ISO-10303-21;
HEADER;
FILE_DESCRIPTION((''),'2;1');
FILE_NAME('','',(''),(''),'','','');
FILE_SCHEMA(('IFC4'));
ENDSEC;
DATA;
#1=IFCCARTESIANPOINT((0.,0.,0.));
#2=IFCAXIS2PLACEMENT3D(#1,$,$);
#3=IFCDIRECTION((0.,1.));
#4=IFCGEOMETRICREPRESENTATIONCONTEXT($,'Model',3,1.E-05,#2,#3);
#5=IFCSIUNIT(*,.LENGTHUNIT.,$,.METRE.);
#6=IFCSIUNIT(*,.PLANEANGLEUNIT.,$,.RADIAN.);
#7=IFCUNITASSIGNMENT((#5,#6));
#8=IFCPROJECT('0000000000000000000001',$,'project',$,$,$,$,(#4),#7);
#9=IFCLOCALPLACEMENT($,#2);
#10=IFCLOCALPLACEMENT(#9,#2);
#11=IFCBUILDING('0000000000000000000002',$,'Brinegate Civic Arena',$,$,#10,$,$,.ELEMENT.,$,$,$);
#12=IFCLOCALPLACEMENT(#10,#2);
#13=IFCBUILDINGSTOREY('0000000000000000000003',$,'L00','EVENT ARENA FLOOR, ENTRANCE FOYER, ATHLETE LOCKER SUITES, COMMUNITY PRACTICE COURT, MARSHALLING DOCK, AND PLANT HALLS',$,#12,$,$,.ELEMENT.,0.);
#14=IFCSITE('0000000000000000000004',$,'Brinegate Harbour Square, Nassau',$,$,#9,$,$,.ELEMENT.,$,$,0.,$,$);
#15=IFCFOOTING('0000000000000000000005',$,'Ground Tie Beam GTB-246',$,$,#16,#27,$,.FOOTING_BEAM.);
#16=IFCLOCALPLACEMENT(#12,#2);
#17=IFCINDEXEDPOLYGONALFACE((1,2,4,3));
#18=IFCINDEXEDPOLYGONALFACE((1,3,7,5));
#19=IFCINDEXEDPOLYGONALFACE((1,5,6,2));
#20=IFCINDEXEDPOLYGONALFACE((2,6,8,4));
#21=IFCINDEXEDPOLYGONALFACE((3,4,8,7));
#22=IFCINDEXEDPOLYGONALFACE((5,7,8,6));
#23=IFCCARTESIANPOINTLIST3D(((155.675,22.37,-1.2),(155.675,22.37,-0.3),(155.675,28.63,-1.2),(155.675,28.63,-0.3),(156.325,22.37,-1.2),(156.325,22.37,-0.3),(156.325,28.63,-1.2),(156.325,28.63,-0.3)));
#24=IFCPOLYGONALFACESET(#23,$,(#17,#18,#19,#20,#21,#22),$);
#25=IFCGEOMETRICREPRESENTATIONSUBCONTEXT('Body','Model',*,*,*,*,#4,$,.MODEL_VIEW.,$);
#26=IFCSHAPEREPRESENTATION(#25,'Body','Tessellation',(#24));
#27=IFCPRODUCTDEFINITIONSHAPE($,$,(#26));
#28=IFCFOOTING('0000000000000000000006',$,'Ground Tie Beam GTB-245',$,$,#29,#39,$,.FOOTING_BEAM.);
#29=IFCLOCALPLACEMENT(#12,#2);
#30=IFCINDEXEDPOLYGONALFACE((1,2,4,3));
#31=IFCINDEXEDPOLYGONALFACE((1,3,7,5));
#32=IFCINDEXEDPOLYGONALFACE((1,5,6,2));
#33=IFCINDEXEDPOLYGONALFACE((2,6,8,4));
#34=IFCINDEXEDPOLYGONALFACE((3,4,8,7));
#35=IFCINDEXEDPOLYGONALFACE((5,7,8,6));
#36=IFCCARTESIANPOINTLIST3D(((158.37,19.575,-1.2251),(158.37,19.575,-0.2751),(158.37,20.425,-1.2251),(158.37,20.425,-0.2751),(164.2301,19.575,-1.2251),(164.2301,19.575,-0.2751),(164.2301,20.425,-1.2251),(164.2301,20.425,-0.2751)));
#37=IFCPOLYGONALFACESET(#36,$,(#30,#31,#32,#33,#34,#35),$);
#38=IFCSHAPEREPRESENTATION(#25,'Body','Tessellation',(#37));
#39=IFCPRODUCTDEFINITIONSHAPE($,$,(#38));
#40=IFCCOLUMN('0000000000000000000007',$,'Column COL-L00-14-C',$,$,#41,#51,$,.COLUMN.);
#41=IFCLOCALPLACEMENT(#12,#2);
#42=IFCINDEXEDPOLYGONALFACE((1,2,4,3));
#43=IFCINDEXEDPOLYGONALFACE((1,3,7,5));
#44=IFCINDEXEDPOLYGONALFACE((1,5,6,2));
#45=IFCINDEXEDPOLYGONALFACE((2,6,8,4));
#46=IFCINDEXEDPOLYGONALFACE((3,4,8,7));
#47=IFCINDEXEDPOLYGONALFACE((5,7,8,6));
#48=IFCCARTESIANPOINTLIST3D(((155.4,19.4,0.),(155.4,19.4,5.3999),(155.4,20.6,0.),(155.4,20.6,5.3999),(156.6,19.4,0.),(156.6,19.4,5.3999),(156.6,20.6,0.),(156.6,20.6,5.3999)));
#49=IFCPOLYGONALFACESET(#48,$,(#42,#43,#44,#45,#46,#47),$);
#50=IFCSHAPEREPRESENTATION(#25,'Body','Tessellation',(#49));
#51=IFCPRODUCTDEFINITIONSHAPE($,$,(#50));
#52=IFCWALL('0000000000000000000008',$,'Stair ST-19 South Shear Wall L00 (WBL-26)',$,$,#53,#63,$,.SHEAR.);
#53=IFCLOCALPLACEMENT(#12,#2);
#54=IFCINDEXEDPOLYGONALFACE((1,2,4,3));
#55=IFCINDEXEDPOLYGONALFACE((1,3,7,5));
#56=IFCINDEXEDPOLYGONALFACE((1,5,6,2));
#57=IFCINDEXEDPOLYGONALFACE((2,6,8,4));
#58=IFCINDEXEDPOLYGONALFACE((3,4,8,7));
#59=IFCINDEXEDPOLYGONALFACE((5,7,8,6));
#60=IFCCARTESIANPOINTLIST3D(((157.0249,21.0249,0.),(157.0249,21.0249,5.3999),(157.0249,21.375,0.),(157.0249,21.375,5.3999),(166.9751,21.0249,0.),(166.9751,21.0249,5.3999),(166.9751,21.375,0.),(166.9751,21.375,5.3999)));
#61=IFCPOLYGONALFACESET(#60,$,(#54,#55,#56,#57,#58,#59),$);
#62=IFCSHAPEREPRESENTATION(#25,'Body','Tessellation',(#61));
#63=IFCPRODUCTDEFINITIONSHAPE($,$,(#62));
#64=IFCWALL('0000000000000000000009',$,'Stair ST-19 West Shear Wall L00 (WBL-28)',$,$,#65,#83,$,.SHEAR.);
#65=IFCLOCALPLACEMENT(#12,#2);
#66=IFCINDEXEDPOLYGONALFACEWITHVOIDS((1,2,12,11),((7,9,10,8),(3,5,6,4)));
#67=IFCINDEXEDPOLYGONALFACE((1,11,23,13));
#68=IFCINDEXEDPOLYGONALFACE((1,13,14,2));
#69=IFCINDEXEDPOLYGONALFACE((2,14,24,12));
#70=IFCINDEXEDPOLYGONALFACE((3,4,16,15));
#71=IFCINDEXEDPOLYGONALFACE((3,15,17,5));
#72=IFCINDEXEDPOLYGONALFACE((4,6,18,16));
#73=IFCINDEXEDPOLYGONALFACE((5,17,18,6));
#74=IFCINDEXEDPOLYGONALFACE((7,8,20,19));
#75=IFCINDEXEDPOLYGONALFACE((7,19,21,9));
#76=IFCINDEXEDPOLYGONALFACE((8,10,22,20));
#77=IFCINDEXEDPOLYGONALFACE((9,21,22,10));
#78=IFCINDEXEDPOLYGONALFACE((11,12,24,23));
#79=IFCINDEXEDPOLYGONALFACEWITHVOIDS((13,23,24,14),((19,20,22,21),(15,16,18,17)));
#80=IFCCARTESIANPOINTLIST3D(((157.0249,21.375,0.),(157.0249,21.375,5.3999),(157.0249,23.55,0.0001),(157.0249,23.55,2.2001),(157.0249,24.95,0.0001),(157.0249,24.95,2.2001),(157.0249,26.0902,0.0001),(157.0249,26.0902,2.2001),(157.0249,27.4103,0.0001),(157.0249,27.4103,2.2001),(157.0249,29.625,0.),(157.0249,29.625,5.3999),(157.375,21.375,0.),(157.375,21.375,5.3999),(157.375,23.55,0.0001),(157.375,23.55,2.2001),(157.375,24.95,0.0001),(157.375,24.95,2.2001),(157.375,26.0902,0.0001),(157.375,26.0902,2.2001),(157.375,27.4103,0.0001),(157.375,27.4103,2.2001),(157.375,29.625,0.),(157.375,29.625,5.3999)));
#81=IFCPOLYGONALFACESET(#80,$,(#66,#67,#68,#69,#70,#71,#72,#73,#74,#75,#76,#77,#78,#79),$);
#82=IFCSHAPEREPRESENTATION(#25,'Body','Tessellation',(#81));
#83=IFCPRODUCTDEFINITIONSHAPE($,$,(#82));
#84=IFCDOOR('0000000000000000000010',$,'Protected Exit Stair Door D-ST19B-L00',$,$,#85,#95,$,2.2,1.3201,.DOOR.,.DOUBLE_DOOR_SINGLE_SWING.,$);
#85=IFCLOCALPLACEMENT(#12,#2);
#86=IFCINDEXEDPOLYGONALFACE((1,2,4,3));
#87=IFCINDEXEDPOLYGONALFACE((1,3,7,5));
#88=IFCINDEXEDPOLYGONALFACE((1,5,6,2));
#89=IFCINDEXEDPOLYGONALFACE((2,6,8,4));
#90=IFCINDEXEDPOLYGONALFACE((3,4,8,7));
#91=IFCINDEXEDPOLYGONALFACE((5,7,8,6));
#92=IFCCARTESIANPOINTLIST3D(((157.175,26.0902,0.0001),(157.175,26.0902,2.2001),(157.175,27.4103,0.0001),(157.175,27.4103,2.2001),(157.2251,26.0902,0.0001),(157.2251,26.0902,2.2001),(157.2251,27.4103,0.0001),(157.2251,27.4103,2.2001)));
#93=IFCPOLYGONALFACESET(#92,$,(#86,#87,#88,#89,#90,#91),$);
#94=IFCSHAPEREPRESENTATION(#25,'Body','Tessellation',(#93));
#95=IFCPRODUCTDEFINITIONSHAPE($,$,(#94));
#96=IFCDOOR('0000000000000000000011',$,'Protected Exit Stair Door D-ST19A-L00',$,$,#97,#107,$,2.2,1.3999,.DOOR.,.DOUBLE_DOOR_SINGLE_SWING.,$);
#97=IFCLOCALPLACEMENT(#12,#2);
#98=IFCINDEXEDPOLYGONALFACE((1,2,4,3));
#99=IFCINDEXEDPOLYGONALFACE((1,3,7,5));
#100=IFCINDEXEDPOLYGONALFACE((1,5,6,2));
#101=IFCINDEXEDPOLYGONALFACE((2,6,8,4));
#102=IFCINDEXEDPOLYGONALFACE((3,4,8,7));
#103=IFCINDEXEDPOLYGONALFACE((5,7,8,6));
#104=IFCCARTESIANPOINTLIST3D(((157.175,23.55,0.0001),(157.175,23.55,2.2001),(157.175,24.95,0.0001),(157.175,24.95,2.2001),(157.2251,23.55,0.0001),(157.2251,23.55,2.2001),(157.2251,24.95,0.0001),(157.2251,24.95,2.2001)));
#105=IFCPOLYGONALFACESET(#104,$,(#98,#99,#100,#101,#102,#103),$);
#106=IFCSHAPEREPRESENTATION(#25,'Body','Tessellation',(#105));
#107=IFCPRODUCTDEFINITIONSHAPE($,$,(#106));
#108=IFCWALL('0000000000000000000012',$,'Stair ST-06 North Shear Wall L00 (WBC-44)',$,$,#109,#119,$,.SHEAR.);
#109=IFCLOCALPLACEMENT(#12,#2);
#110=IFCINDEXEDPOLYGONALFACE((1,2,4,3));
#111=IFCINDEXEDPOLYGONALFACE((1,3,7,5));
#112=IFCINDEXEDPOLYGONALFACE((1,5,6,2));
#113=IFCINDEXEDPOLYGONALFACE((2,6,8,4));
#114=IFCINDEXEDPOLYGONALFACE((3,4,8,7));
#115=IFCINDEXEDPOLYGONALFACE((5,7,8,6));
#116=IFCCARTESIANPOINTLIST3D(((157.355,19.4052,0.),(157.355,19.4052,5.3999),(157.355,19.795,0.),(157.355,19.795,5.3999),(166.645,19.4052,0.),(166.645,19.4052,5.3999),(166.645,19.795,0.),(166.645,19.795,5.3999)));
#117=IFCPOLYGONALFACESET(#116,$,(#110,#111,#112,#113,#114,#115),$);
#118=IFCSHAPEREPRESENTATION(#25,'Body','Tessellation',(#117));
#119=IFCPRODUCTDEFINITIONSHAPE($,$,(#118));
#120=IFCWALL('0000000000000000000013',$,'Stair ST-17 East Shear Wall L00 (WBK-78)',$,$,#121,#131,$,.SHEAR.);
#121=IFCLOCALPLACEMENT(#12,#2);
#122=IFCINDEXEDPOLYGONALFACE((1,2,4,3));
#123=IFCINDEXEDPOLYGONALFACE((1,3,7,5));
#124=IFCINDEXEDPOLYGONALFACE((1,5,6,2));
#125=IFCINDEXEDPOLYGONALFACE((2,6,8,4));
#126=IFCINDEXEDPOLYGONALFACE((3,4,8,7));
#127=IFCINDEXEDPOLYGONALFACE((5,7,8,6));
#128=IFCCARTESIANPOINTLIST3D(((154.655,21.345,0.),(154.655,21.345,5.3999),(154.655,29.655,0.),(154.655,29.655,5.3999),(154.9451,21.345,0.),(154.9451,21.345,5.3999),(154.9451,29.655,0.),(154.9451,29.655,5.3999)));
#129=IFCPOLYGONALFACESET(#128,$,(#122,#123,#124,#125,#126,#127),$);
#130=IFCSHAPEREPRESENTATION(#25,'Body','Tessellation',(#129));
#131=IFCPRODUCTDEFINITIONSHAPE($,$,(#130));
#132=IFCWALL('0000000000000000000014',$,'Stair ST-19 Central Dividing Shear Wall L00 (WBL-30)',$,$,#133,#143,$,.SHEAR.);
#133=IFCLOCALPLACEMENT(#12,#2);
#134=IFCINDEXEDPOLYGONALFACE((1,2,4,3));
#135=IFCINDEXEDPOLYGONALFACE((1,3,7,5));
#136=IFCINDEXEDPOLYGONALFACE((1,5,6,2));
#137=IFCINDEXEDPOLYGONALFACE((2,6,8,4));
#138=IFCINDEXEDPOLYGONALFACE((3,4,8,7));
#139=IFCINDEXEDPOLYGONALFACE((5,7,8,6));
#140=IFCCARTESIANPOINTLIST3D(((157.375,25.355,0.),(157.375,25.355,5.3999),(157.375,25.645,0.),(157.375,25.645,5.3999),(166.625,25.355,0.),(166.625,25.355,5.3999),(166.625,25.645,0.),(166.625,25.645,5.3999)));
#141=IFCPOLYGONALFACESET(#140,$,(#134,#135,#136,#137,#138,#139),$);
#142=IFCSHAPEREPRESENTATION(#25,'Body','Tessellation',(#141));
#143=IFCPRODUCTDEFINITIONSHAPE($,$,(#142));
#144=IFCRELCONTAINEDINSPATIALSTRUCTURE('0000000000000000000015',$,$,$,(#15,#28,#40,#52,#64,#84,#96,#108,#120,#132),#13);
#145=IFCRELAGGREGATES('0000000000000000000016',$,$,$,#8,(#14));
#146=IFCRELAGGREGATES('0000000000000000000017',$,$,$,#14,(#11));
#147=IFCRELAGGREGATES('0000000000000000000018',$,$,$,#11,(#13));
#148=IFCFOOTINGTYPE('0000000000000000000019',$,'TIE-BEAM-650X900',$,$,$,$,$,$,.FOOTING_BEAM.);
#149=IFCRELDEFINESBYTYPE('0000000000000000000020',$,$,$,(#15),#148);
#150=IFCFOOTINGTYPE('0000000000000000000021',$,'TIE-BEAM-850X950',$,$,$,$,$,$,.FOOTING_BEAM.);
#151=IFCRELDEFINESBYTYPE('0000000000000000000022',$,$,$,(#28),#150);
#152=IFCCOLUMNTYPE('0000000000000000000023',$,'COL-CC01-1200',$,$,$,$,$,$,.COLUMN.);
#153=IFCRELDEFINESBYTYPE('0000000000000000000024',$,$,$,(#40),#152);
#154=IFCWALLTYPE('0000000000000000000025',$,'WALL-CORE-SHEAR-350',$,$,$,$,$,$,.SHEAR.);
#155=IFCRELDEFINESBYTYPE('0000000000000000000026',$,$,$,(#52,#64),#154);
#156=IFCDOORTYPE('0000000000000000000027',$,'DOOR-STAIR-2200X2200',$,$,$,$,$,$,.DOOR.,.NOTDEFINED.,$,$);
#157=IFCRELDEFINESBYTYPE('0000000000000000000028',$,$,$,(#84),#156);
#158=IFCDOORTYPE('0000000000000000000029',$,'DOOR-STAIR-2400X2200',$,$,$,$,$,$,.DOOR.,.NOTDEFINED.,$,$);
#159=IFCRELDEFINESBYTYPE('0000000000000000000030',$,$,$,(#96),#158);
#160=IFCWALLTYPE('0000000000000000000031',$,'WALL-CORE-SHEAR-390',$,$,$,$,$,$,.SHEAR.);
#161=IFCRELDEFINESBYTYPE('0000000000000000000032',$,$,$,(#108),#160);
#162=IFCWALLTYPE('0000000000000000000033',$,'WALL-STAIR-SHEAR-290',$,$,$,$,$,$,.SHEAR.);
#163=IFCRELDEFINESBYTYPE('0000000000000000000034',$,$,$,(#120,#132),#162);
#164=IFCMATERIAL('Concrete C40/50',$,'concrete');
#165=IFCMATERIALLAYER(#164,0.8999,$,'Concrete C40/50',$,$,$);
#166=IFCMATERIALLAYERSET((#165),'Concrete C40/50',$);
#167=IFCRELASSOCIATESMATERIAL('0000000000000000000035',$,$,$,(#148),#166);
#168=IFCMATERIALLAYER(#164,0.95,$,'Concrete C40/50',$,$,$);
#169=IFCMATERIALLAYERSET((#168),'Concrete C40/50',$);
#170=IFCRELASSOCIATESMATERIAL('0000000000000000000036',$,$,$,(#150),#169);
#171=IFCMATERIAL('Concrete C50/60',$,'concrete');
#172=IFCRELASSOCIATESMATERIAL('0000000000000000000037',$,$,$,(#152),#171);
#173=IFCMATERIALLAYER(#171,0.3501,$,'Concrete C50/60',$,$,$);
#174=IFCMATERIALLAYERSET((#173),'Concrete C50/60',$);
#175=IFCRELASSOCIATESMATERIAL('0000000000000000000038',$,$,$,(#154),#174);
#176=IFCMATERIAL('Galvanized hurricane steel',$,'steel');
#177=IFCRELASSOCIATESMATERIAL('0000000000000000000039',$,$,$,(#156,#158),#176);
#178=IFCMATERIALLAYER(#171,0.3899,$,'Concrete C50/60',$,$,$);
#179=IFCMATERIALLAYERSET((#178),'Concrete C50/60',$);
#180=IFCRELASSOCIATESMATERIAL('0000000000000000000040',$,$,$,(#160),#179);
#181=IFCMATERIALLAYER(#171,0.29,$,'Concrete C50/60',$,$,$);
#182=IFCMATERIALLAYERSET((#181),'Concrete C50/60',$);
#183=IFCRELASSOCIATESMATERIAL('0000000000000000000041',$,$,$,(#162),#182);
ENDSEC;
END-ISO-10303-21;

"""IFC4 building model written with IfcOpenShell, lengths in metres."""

from ifc_helpers import new_model, si_unit, direction, frame, frame_2d, origin, origin_2d, place, context, subcontext, project, spatial, rectangle, extrude, material, layer, layer_set, material_profile, profile_set, type_object, element, fill, save


model = new_model("IFC4")

# Units and contexts
model_context = context("Model", 3, precision=1e-05, world=origin(), true_north=direction((0.0, 1.0)))
body_context = subcontext(model_context, "Body", "Model", "MODEL_VIEW")
ifc_project = project(units=[si_unit("LENGTHUNIT", "METRE"), si_unit("PLANEANGLEUNIT", "RADIAN")], contexts=[model_context])

# Site, building, storey
site_placement = place(None, origin())
site = spatial("IfcSite", under=ifc_project, at=site_placement, Name="Brinegate Harbour Square, Nassau", CompositionType="ELEMENT", RefElevation=0.0)
building_placement = place(site_placement, origin())
building = spatial("IfcBuilding", under=site, at=building_placement, Name="Brinegate Civic Arena", CompositionType="ELEMENT")
storey_placement = place(building_placement, origin())
storey = spatial("IfcBuildingStorey", under=building, at=storey_placement, Name="L00", Description="EVENT ARENA FLOOR, ENTRANCE FOYER, ATHLETE LOCKER SUITES, COMMUNITY PRACTICE COURT, MARSHALLING DOCK, AND PLANT HALLS", CompositionType="ELEMENT", Elevation=0.0)

# Shared definitions
ifc_material_1 = material(Name="Concrete C40/50", Category="concrete")

# Footings
ifc_layer_1 = layer(ifc_material_1, 0.8999, Name="Concrete C40/50")
ifc_layer_set_1 = layer_set([ifc_layer_1], Name="Concrete C40/50")
footing_type_1 = type_object("IfcFootingType", Name="TIE-BEAM-650X900", PredefinedType="FOOTING_BEAM", material=ifc_layer_set_1)
footing_1_placement = place(storey_placement, frame((156.0, 25.5, -1.2), z_axis=(0.0, 0.0, 1.0), x_axis=(0.0, 1.0, 0.0)))
element("IfcFooting", 1, at=footing_1_placement, inside=storey, type_object=footing_type_1, Name="Ground Tie Beam GTB-246", PredefinedType="FOOTING_BEAM", context=body_context, shape_type="SweptSolid", body=[
    extrude(rectangle(XDim=6.26, YDim=0.6499, at=origin_2d()), origin(), (0.0, 0.0, 1.0), 0.8999),
])
ifc_layer_2 = layer(ifc_material_1, 0.95, Name="Concrete C40/50")
ifc_layer_set_2 = layer_set([ifc_layer_2], Name="Concrete C40/50")
footing_type_2 = type_object("IfcFootingType", Name="TIE-BEAM-850X950", PredefinedType="FOOTING_BEAM", material=ifc_layer_set_2)
footing_2_placement = place(storey_placement, frame((161.3, 20.0, -1.2251), z_axis=(0.0, 0.0, 1.0), x_axis=(1.0, 0.0, 0.0)))
element("IfcFooting", 2, at=footing_2_placement, inside=storey, type_object=footing_type_2, Name="Ground Tie Beam GTB-245", PredefinedType="FOOTING_BEAM", context=body_context, shape_type="SweptSolid", body=[
    extrude(rectangle(XDim=5.8601, YDim=0.8501, at=origin_2d()), origin(), (0.0, 0.0, 1.0), 0.95),
])

# Column
ifc_material_2 = material(Name="Concrete C50/60", Category="concrete")
ifc_material_profile_1 = material_profile(ifc_material_2, rectangle(XDim=1.2, YDim=1.2, at=origin_2d()), Name="RC1200X1200")
ifc_profile_set_1 = profile_set([ifc_material_profile_1], Name="Concrete C50/60")
column_type = type_object("IfcColumnType", Name="COL-CC01-1200", PredefinedType="COLUMN", material=ifc_profile_set_1)
column_placement = place(storey_placement, frame((156.0, 20.0, 0.0), z_axis=(0.0, 0.0, 1.0), x_axis=(1.0, 0.0, 0.0)))
element("IfcColumn", 3, at=column_placement, inside=storey, type_object=column_type, Name="Column COL-L00-14-C", PredefinedType="COLUMN", context=body_context, shape_type="SweptSolid", body=[
    extrude(rectangle(XDim=1.2, YDim=1.2, at=origin_2d()), origin(), (0.0, 0.0, 1.0), 5.3999),
])

# Wall
ifc_layer_3 = layer(ifc_material_2, 0.3501, Name="Concrete C50/60")
ifc_layer_set_3 = layer_set([ifc_layer_3], Name="Concrete C50/60")
wall_type_1 = type_object("IfcWallType", Name="WALL-CORE-SHEAR-350", PredefinedType="SHEAR", material=ifc_layer_set_3)
wall_1_placement = place(storey_placement, frame((157.0249, 21.2, 0.0), z_axis=(0.0, 0.0, 1.0), x_axis=(1.0, 0.0, 0.0)))
element("IfcWall", 4, at=wall_1_placement, inside=storey, type_object=wall_type_1, Name="Stair ST-19 South Shear Wall L00 (WBL-26)", PredefinedType="SHEAR", context=body_context, shape_type="SweptSolid", body=[
    extrude(rectangle(XDim=9.9502, YDim=0.3501, at=frame_2d((4.9751, 0.0))), origin(), (0.0, 0.0, 1.0), 5.3999),
])

# Wall, openings, doors
wall_2_placement = place(storey_placement, frame((157.2, 21.375, 0.0), z_axis=(0.0, 0.0, 1.0), x_axis=(0.0, 1.0, 0.0)))
wall_2 = element("IfcWall", 5, at=wall_2_placement, inside=storey, type_object=wall_type_1, Name="Stair ST-19 West Shear Wall L00 (WBL-28)", PredefinedType="SHEAR", context=body_context, shape_type="SweptSolid", body=[
    extrude(rectangle(XDim=8.25, YDim=0.3501, at=frame_2d((4.125, 0.0))), origin(), (0.0, 0.0, 1.0), 5.3999),
])
opening_1_placement = place(wall_2_placement, frame((2.175, 0.0, 0.0)))
opening_1 = element("IfcOpeningElement", 6, at=opening_1_placement, cuts=wall_2, PredefinedType="OPENING", context=body_context, shape_type="SweptSolid", body=[
    extrude(rectangle(XDim=1.3999, YDim=2.2, at=frame_2d((0.7, 1.1001))), frame((0.0, 0.1851, 0.0), z_axis=(0.0, -1.0, 0.0), x_axis=(1.0, 0.0, 0.0)), (0.0, 0.0, 1.0), 0.3701),
])
opening_2_placement = place(wall_2_placement, frame((4.7151, 0.0, 0.0)))
opening_2 = element("IfcOpeningElement", 7, at=opening_2_placement, cuts=wall_2, PredefinedType="OPENING", context=body_context, shape_type="SweptSolid", body=[
    extrude(rectangle(XDim=1.3201, YDim=2.2, at=frame_2d((0.6602, 1.1001))), frame((0.0, 0.1851, 0.0), z_axis=(0.0, -1.0, 0.0), x_axis=(1.0, 0.0, 0.0)), (0.0, 0.0, 1.0), 0.3701),
])
ifc_material_3 = material(Name="Galvanized hurricane steel", Category="steel")
door_type_1 = type_object("IfcDoorType", Name="DOOR-STAIR-2200X2200", OperationType="NOTDEFINED", PredefinedType="DOOR", material=ifc_material_3)
door_1_placement = place(opening_2_placement, origin())
door_1 = element("IfcDoor", 8, at=door_1_placement, inside=storey, type_object=door_type_1, Name="Protected Exit Stair Door D-ST19B-L00", OperationType="DOUBLE_DOOR_SINGLE_SWING", OverallHeight=2.2, OverallWidth=1.3201, PredefinedType="DOOR", context=body_context, shape_type="SweptSolid", body=[
    extrude(rectangle(XDim=1.3201, YDim=2.2, at=frame_2d((0.6602, 1.1001))), frame((0.0, 0.0249, 0.0), z_axis=(0.0, -1.0, 0.0), x_axis=(1.0, 0.0, 0.0)), (0.0, 0.0, 1.0), 0.05),
])
fill(opening_2, door_1)
door_type_2 = type_object("IfcDoorType", Name="DOOR-STAIR-2400X2200", OperationType="NOTDEFINED", PredefinedType="DOOR", material=ifc_material_3)
door_2_placement = place(opening_1_placement, origin())
door_2 = element("IfcDoor", 9, at=door_2_placement, inside=storey, type_object=door_type_2, Name="Protected Exit Stair Door D-ST19A-L00", OperationType="DOUBLE_DOOR_SINGLE_SWING", OverallHeight=2.2, OverallWidth=1.3999, PredefinedType="DOOR", context=body_context, shape_type="SweptSolid", body=[
    extrude(rectangle(XDim=1.3999, YDim=2.2, at=frame_2d((0.7, 1.1001))), frame((0.0, 0.0249, 0.0), z_axis=(0.0, -1.0, 0.0), x_axis=(1.0, 0.0, 0.0)), (0.0, 0.0, 1.0), 0.05),
])
fill(opening_1, door_2)

# Walls
ifc_layer_4 = layer(ifc_material_2, 0.3899, Name="Concrete C50/60")
ifc_layer_set_4 = layer_set([ifc_layer_4], Name="Concrete C50/60")
wall_type_2 = type_object("IfcWallType", Name="WALL-CORE-SHEAR-390", PredefinedType="SHEAR", material=ifc_layer_set_4)
wall_3_placement = place(storey_placement, frame((157.355, 19.6001, 0.0), z_axis=(0.0, 0.0, 1.0), x_axis=(1.0, 0.0, 0.0)))
element("IfcWall", 10, at=wall_3_placement, inside=storey, type_object=wall_type_2, Name="Stair ST-06 North Shear Wall L00 (WBC-44)", PredefinedType="SHEAR", context=body_context, shape_type="SweptSolid", body=[
    extrude(rectangle(XDim=9.29, YDim=0.3899, at=frame_2d((4.645, 0.0))), origin(), (0.0, 0.0, 1.0), 5.3999),
])
ifc_layer_5 = layer(ifc_material_2, 0.29, Name="Concrete C50/60")
ifc_layer_set_5 = layer_set([ifc_layer_5], Name="Concrete C50/60")
wall_type_3 = type_object("IfcWallType", Name="WALL-STAIR-SHEAR-290", PredefinedType="SHEAR", material=ifc_layer_set_5)
wall_4_placement = place(storey_placement, frame((154.8, 21.345, 0.0), z_axis=(0.0, 0.0, 1.0), x_axis=(0.0, 1.0, 0.0)))
element("IfcWall", 11, at=wall_4_placement, inside=storey, type_object=wall_type_3, Name="Stair ST-17 East Shear Wall L00 (WBK-78)", PredefinedType="SHEAR", context=body_context, shape_type="SweptSolid", body=[
    extrude(rectangle(XDim=8.3101, YDim=0.29, at=frame_2d((4.155, 0.0))), origin(), (0.0, 0.0, 1.0), 5.3999),
])
wall_5_placement = place(storey_placement, frame((157.375, 25.5, 0.0), z_axis=(0.0, 0.0, 1.0), x_axis=(1.0, 0.0, 0.0)))
element("IfcWall", 12, at=wall_5_placement, inside=storey, type_object=wall_type_3, Name="Stair ST-19 Central Dividing Shear Wall L00 (WBL-30)", PredefinedType="SHEAR", context=body_context, shape_type="SweptSolid", body=[
    extrude(rectangle(XDim=9.25, YDim=0.29, at=frame_2d((4.625, 0.0))), origin(), (0.0, 0.0, 1.0), 5.3999),
])

save(model, "model.ifc")
